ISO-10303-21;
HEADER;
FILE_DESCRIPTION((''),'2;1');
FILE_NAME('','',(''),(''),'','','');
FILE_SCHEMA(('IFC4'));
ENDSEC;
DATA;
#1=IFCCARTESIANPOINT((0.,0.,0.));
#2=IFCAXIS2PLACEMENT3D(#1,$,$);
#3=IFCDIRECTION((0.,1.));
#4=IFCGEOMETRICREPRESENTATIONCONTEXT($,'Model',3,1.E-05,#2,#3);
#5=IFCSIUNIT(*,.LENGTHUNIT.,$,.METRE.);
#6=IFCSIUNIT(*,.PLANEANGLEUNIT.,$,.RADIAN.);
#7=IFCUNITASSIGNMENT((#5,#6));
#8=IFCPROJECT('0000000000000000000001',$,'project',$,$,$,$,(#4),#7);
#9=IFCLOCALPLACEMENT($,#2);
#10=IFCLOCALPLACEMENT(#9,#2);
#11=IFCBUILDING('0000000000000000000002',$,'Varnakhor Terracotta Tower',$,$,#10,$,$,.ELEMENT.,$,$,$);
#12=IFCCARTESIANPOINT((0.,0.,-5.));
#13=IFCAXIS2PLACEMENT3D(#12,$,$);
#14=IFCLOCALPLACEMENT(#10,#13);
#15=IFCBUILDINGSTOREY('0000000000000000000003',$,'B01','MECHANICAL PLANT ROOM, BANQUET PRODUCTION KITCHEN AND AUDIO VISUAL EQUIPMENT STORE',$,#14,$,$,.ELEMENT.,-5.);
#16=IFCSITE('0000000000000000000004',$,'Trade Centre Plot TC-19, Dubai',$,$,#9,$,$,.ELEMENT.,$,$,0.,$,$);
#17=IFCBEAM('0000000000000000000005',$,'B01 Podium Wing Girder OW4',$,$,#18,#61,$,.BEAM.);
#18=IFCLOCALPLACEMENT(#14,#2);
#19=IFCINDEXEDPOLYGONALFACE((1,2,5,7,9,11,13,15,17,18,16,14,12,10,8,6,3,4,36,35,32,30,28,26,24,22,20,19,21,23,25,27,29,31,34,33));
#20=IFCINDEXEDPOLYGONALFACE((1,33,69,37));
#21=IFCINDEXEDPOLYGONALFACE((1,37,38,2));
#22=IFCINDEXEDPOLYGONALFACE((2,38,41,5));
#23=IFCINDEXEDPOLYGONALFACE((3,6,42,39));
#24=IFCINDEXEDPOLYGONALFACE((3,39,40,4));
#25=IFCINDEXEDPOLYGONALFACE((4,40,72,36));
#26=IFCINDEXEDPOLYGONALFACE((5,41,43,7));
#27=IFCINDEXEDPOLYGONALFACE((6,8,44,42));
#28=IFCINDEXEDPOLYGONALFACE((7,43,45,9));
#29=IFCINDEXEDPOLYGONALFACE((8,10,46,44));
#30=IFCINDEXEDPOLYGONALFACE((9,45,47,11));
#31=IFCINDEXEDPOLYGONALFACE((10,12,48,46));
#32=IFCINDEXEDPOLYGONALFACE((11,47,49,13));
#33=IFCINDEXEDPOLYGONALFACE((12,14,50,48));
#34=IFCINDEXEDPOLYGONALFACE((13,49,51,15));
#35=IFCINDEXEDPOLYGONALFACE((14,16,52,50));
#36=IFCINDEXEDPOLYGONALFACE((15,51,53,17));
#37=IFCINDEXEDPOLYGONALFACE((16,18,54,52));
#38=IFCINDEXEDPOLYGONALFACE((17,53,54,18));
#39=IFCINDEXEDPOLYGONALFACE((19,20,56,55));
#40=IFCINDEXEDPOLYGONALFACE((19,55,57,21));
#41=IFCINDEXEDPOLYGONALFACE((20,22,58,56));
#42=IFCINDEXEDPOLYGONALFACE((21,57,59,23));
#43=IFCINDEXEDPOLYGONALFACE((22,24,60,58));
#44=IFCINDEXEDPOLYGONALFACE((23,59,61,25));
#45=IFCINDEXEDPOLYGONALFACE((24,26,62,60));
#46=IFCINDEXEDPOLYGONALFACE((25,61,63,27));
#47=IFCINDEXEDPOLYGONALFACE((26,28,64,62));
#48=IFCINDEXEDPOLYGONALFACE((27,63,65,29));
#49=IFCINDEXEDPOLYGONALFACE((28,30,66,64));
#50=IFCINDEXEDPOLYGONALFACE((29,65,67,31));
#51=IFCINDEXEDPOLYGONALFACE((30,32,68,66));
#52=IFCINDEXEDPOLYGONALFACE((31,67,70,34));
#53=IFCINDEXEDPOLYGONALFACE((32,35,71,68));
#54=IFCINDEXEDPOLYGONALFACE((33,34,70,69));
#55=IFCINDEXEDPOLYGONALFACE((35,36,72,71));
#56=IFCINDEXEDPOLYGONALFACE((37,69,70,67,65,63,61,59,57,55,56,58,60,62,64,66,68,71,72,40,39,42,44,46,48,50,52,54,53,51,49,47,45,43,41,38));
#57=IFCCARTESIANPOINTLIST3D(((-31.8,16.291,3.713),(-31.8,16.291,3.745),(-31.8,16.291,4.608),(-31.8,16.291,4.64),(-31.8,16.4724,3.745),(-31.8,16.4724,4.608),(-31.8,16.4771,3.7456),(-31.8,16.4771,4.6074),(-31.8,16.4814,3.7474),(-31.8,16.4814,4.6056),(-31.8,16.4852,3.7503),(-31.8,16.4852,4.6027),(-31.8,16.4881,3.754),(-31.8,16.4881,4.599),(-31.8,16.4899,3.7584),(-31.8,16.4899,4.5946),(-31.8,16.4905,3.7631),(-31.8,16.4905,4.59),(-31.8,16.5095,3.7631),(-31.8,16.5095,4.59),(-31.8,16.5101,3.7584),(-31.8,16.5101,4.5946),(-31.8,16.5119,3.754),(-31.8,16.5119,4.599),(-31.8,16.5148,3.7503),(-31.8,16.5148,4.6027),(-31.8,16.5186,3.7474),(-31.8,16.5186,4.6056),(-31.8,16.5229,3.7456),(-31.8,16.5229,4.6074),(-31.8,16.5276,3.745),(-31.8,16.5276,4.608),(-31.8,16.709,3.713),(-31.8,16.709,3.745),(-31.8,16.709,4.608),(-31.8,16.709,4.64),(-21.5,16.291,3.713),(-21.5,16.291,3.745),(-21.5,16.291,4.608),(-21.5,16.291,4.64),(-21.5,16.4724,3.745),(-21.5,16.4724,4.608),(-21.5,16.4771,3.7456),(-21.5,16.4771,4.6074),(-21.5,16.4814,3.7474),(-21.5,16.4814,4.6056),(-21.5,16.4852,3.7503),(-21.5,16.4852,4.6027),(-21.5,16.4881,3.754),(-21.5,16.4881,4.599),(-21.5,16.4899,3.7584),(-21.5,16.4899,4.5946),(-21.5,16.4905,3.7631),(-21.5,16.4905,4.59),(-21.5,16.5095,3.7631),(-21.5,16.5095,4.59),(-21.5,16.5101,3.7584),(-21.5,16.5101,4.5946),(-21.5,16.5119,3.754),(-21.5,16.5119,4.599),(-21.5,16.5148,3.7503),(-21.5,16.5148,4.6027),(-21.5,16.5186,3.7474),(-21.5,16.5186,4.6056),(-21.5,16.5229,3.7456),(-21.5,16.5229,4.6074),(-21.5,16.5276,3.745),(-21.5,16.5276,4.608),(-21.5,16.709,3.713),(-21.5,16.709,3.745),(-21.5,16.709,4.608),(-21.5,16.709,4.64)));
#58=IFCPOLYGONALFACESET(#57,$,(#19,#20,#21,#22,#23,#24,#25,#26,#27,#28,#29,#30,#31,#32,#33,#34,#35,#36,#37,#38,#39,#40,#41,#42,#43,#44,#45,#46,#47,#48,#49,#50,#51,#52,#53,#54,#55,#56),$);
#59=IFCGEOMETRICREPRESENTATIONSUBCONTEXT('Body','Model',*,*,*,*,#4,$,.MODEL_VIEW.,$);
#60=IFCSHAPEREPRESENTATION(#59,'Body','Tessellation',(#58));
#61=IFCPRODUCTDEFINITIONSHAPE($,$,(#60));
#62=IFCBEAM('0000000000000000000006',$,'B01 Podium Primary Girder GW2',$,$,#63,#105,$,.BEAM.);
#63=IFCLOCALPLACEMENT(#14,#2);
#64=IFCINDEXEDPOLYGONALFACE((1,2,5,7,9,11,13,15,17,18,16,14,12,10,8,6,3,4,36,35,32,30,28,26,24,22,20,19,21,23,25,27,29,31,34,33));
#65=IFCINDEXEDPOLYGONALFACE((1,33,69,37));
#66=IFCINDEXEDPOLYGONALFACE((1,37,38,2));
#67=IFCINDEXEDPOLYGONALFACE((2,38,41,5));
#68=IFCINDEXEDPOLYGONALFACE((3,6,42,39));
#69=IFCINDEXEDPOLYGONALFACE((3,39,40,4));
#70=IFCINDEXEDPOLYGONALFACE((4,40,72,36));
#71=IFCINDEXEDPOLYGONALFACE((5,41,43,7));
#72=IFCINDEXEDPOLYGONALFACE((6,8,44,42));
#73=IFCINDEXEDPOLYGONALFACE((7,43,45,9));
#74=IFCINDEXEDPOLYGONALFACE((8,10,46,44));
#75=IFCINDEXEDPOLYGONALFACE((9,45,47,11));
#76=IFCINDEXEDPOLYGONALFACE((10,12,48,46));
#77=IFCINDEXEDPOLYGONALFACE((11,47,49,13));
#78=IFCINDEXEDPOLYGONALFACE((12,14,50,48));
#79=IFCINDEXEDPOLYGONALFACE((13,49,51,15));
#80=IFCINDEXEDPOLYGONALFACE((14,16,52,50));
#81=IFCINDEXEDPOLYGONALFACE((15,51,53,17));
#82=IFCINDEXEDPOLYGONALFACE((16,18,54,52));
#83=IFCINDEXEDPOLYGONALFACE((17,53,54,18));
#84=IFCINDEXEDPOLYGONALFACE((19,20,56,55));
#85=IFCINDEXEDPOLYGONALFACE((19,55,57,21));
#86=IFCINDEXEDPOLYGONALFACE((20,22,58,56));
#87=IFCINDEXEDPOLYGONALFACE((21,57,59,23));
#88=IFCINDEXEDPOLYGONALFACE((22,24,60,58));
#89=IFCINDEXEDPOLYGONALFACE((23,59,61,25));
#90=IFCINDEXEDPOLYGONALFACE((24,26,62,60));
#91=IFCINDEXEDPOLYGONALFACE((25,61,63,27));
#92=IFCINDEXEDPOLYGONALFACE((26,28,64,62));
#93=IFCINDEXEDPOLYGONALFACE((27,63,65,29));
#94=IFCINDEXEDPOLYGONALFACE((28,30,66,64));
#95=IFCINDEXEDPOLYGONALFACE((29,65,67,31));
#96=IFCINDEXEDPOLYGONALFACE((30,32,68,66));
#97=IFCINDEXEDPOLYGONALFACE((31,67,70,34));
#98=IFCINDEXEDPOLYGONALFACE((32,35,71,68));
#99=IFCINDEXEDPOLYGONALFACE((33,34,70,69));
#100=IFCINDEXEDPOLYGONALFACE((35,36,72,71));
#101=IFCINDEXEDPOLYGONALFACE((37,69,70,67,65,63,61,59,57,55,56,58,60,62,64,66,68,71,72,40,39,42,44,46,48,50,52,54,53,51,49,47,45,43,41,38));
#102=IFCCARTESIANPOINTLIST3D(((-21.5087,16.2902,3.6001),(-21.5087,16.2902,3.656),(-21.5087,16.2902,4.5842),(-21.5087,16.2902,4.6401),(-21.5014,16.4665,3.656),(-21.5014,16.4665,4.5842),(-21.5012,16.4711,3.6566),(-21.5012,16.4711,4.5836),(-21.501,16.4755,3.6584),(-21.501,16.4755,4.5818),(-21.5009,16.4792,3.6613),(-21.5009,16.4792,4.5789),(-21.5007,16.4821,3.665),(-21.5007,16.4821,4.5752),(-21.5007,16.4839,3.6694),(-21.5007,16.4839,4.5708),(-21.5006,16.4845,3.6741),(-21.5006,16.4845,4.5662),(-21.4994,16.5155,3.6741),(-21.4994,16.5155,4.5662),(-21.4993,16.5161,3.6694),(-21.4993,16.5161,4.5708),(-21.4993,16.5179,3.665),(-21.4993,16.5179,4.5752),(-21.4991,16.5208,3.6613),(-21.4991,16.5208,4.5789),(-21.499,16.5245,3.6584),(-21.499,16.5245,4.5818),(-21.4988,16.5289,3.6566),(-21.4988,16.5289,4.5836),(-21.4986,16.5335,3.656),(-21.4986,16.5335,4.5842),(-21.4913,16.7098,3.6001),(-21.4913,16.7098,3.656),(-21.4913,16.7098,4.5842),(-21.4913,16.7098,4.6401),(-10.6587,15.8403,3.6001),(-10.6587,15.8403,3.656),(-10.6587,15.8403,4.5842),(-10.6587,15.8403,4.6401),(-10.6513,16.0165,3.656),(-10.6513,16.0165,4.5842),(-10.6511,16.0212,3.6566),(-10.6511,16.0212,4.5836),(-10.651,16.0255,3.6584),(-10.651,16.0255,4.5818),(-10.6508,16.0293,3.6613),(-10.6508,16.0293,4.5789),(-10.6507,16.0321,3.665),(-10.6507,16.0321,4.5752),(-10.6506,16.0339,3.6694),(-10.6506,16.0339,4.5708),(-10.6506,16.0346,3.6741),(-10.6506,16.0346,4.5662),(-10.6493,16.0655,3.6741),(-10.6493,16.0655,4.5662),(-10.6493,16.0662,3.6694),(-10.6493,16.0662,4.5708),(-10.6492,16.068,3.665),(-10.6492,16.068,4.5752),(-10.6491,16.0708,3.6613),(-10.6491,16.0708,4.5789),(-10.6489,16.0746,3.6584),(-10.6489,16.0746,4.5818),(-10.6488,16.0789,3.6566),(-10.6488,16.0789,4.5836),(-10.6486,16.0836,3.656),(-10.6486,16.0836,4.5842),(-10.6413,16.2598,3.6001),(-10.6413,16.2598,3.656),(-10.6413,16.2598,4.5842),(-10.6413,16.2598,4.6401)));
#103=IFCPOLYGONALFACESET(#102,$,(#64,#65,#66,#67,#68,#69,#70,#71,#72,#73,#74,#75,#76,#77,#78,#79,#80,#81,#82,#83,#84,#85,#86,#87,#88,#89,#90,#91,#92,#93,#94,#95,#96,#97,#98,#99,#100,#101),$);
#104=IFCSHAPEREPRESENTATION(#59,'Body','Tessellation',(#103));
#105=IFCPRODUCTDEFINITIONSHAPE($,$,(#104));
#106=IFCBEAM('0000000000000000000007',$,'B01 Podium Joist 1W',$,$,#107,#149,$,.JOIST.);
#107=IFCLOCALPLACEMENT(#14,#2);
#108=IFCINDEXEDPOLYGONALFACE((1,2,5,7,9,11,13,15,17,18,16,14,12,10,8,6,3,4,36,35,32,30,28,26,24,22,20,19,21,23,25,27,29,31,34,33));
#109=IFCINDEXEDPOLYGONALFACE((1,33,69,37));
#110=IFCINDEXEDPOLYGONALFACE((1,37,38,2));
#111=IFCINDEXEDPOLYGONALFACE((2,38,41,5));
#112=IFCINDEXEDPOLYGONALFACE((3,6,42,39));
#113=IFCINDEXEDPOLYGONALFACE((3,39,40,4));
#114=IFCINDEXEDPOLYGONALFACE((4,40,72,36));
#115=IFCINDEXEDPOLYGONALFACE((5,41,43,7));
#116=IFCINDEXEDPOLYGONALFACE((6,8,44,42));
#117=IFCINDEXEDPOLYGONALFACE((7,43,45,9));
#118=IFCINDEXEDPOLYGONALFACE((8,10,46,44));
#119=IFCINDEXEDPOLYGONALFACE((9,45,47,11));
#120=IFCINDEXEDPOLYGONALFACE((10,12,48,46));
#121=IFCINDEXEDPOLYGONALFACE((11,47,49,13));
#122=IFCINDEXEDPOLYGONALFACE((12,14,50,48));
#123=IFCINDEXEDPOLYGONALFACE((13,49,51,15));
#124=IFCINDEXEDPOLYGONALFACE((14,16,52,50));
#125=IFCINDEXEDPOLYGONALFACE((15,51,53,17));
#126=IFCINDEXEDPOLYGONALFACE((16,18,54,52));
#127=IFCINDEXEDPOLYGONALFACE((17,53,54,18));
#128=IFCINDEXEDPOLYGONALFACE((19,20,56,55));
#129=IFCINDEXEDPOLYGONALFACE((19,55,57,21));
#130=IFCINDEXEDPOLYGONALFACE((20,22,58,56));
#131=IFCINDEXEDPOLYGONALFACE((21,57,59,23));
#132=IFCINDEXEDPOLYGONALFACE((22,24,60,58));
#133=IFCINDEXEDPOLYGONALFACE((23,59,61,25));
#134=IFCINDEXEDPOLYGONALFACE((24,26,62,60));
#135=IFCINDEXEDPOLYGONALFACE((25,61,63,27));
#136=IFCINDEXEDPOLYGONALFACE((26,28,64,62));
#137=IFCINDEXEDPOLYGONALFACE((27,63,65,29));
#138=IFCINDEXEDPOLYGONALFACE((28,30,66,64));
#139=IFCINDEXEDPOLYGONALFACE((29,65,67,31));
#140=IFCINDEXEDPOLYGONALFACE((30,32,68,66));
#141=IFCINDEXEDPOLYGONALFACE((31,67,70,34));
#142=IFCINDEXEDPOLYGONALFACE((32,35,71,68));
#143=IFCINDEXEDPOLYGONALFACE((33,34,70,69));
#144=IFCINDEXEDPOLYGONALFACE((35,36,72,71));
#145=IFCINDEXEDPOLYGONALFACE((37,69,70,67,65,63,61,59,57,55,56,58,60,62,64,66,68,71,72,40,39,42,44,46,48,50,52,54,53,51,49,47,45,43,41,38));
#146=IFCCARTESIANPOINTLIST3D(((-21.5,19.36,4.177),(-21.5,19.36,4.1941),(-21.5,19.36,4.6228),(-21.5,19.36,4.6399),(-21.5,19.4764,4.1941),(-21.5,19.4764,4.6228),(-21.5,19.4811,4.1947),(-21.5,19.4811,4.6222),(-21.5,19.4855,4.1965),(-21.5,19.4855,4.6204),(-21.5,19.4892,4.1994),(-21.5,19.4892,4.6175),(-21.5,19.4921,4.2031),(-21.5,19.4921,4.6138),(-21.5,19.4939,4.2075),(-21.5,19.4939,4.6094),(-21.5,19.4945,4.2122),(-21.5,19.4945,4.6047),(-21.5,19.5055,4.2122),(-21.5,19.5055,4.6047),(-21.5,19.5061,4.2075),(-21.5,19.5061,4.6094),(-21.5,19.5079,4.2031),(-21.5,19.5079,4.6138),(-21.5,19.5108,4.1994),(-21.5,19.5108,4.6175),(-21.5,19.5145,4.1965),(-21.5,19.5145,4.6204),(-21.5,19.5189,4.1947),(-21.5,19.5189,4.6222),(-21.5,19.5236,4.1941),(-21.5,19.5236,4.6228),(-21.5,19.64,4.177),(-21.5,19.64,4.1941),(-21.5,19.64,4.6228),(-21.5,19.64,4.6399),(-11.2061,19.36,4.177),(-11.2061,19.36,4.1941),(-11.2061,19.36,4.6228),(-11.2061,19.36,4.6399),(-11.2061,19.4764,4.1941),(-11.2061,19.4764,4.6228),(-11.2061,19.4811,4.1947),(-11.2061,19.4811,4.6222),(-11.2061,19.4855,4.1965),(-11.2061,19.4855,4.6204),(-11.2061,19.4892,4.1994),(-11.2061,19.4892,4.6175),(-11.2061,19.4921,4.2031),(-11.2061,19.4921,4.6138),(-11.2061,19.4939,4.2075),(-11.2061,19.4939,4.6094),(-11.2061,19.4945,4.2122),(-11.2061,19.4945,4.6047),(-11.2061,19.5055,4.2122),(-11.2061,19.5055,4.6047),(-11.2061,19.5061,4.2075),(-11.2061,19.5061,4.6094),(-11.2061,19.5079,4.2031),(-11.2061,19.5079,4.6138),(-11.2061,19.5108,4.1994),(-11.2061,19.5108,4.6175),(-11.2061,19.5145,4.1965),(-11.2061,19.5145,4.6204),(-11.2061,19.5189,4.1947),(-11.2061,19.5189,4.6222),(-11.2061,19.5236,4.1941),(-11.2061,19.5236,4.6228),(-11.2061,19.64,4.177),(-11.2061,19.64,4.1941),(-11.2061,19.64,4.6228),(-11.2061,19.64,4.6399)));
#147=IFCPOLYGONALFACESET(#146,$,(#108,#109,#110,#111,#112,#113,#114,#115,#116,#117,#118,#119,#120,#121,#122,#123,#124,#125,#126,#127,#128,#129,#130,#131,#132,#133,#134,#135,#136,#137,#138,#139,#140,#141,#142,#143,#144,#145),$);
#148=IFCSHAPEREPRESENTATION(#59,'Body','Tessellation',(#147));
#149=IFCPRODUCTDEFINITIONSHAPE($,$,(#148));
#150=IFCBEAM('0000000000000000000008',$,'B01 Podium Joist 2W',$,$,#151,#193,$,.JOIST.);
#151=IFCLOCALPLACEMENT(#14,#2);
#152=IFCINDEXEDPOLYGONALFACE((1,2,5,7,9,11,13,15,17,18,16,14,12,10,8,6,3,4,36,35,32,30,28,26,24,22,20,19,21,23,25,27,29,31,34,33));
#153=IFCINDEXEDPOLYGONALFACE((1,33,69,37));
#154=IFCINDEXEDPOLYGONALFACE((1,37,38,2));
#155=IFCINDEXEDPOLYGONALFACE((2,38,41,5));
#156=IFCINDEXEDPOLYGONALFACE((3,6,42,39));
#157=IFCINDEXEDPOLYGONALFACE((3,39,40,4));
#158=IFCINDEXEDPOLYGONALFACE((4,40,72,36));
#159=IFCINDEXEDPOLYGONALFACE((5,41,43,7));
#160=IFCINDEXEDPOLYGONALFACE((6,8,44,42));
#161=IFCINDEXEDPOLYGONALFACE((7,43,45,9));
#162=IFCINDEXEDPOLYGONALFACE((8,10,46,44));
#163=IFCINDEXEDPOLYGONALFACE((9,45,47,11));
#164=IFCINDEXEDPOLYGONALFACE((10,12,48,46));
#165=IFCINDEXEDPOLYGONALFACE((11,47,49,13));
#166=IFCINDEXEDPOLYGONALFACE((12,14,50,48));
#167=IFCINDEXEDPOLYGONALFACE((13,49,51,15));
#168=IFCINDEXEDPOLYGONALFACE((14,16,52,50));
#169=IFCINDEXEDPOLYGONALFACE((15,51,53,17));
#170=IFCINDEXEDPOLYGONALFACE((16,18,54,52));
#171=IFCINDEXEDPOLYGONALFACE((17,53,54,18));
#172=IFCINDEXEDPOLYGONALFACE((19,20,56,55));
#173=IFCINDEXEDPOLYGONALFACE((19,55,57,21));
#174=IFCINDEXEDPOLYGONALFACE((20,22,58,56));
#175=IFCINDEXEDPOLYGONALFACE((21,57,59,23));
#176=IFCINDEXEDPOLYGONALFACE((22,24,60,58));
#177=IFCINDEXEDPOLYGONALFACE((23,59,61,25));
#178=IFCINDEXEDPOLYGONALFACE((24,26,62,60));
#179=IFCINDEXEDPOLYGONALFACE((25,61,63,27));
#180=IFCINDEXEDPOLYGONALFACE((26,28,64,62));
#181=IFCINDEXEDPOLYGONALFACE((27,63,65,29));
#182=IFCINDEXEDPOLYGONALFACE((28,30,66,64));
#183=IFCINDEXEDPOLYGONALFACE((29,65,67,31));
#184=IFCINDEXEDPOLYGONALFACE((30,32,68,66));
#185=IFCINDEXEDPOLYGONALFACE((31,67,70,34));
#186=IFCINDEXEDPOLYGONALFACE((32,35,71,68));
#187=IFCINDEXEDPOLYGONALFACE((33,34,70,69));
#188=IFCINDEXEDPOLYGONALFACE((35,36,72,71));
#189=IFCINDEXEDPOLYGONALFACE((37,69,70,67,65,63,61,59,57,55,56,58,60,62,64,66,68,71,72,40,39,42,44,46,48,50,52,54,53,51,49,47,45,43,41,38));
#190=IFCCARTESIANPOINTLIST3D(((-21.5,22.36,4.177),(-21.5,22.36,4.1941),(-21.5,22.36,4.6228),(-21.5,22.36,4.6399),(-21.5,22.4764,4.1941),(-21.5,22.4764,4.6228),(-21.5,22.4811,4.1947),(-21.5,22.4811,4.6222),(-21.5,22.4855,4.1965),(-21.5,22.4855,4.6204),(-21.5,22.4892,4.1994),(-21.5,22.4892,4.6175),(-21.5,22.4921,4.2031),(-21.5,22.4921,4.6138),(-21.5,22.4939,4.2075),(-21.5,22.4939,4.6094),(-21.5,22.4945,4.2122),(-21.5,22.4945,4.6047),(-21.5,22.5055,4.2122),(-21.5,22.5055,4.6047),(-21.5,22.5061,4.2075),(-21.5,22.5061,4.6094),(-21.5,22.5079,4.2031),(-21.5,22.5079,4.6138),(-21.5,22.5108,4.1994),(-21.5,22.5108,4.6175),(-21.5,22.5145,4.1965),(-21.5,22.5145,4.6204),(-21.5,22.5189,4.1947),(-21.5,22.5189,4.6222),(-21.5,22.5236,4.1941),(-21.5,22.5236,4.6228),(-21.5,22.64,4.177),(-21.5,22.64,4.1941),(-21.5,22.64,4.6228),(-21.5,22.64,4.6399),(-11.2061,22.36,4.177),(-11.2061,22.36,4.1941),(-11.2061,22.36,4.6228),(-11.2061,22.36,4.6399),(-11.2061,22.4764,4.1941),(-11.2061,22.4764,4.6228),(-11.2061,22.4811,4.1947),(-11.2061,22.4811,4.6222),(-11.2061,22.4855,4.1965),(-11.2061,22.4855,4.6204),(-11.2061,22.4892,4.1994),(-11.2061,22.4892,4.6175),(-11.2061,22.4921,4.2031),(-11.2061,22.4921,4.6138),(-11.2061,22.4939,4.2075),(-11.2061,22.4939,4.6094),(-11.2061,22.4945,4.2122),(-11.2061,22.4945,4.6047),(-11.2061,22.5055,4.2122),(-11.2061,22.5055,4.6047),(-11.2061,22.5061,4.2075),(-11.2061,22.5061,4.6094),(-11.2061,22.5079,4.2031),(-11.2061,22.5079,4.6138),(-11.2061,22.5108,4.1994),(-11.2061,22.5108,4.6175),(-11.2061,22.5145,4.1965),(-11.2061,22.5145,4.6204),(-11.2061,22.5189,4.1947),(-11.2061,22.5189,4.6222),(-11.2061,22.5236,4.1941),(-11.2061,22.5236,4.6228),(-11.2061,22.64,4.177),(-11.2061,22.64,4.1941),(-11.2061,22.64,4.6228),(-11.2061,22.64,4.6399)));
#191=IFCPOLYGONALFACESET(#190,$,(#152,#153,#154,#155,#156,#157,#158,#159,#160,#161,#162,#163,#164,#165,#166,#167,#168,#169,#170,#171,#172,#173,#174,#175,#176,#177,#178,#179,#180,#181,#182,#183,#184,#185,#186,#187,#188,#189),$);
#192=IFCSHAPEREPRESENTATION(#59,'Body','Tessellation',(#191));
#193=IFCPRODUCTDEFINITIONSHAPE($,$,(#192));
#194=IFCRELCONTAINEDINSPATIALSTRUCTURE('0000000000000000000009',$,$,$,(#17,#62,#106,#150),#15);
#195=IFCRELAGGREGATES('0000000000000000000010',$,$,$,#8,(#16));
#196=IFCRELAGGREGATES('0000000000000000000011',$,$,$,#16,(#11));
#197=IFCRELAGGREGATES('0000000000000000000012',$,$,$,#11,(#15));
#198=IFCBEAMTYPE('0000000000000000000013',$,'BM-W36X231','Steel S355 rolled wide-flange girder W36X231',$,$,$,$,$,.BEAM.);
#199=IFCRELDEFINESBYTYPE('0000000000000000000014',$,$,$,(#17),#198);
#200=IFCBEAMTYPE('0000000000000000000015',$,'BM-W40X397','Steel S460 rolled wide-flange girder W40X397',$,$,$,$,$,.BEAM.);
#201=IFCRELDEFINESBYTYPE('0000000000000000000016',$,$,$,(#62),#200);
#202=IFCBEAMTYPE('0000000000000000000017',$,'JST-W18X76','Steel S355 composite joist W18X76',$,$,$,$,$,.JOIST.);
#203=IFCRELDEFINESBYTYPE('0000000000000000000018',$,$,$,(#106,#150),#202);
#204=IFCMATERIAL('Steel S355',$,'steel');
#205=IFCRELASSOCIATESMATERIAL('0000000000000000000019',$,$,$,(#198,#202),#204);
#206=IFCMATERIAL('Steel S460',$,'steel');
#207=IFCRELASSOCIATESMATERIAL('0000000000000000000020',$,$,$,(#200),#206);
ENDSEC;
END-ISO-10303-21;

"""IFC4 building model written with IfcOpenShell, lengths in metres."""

from ifc_helpers import new_model, si_unit, direction, frame, origin, origin_2d, place, context, subcontext, project, spatial, i_section, extrude, source, transform, mapped, material, material_profile, profile_set, type_object, type_shapes, element, save


model = new_model("IFC4")

# Units and contexts
model_context = context("Model", 3, precision=1e-05, world=origin(), true_north=direction((0.0, 1.0)))
body_context = subcontext(model_context, "Body", "Model", "MODEL_VIEW")
ifc_project = project(units=[si_unit("LENGTHUNIT", "METRE"), si_unit("PLANEANGLEUNIT", "RADIAN")], contexts=[model_context])

# Site, building, storey
site_placement = place(None, origin())
site = spatial("IfcSite", under=ifc_project, at=site_placement, Name="Trade Centre Plot TC-19, Dubai", CompositionType="ELEMENT", RefElevation=0.0)
building_placement = place(site_placement, origin())
building = spatial("IfcBuilding", under=site, at=building_placement, Name="Varnakhor Terracotta Tower", CompositionType="ELEMENT")
storey_placement = place(building_placement, frame((0.0, 0.0, -5.0)))
storey = spatial("IfcBuildingStorey", under=building, at=storey_placement, Name="B01", Description="MECHANICAL PLANT ROOM, BANQUET PRODUCTION KITCHEN AND AUDIO VISUAL EQUIPMENT STORE", CompositionType="ELEMENT", Elevation=-5.0)

# Shared definitions
ifc_material_1 = material(Name="Steel S460", Category="steel")

# Beams
ifc_material_2 = material(Name="Steel S355", Category="steel")
ifc_material_profile_1 = material_profile(ifc_material_2, i_section(OverallWidth=0.418, OverallDepth=0.927, WebThickness=0.019, FlangeThickness=0.032, FilletRadius=0.0181, at=origin_2d()), Name="W36X231")
ifc_profile_set_1 = profile_set([ifc_material_profile_1], Name="Steel S355")
beam_type_1 = type_object("IfcBeamType", Name="BM-W36X231", Description="Steel S355 rolled wide-flange girder W36X231", PredefinedType="BEAM", material=ifc_profile_set_1)
shared_shape_1 = source(origin(), body_context, "Body", "SweptSolid", [
    extrude(i_section(OverallWidth=0.418, OverallDepth=0.927, WebThickness=0.019, FlangeThickness=0.032, FilletRadius=0.0181, at=origin_2d()), origin(), (0.0, 0.0, 1.0), 10.3),
])
beam_1_placement = place(storey_placement, frame((-21.5, 16.5, 4.1765), z_axis=(-1.0, 0.0, 0.0), x_axis=(0.0, -1.0, 0.0)))
element("IfcBeam", 1, at=beam_1_placement, inside=storey, type_object=beam_type_1, Name="B01 Podium Wing Girder OW4", PredefinedType="BEAM", context=body_context, shape_type="MappedRepresentation", body=[
    mapped(shared_shape_1, transform((0.0, 0.0, 0.0), scale=1.0)),
])
ifc_material_profile_2 = material_profile(ifc_material_1, i_section(OverallWidth=0.4199, OverallDepth=1.04, WebThickness=0.031, FlangeThickness=0.0559, FilletRadius=0.0181, at=origin_2d()), Name="W40X397")
ifc_profile_set_2 = profile_set([ifc_material_profile_2], Name="Steel S460")
beam_type_2 = type_object("IfcBeamType", Name="BM-W40X397", Description="Steel S460 rolled wide-flange girder W40X397", PredefinedType="BEAM", material=ifc_profile_set_2)
shared_shape_2 = source(origin(), body_context, "Body", "SweptSolid", [
    extrude(i_section(OverallWidth=0.4199, OverallDepth=1.04, WebThickness=0.031, FlangeThickness=0.0559, FilletRadius=0.0181, at=origin_2d()), origin(), (0.0, 0.0, 1.0), 10.8594),
])
beam_2_placement = place(storey_placement, frame((-21.5, 16.5, 4.1201), z_axis=(0.999141, -0.041434, 0.0), x_axis=(0.041434, 0.999141, 0.0)))
element("IfcBeam", 2, at=beam_2_placement, inside=storey, type_object=beam_type_2, Name="B01 Podium Primary Girder GW2", PredefinedType="BEAM", context=body_context, shape_type="MappedRepresentation", body=[
    mapped(shared_shape_2, transform((0.0, 0.0, 0.0), scale=1.0)),
])
ifc_material_profile_3 = material_profile(ifc_material_2, i_section(OverallWidth=0.28, OverallDepth=0.4629, WebThickness=0.011, FlangeThickness=0.0171, FilletRadius=0.0181, at=origin_2d()), Name="W18X76")
ifc_profile_set_3 = profile_set([ifc_material_profile_3], Name="Steel S355")
beam_type_3 = type_object("IfcBeamType", Name="JST-W18X76", Description="Steel S355 composite joist W18X76", PredefinedType="JOIST", material=ifc_profile_set_3)
shared_shape_3 = source(origin(), body_context, "Body", "SweptSolid", [
    extrude(i_section(OverallWidth=0.28, OverallDepth=0.4629, WebThickness=0.011, FlangeThickness=0.0171, FilletRadius=0.0181, at=origin_2d()), origin(), (0.0, 0.0, 1.0), 10.2939),
])
type_shapes(beam_type_3, [shared_shape_3])
for number, where, z_axis, x_axis, name in (
    (3, (-21.5, 19.5, 4.4084), (1.0, 0.0, 0.0), (0.0, 1.0, 0.0), "B01 Podium Joist 1W"),
    (4, (-21.5, 22.5, 4.4084), (1.0, 0.0, 0.0), (0.0, 1.0, 0.0), "B01 Podium Joist 2W"),
):
    element("IfcBeam", number, at=place(storey_placement, frame(where, z_axis=z_axis, x_axis=x_axis)), inside=storey, type_object=beam_type_3, Name=name, PredefinedType="JOIST", context=body_context, shape_type="MappedRepresentation", body=[
        mapped(shared_shape_3, transform((0.0, 0.0, 0.0), scale=1.0)),
    ])

save(model, "model.ifc")
